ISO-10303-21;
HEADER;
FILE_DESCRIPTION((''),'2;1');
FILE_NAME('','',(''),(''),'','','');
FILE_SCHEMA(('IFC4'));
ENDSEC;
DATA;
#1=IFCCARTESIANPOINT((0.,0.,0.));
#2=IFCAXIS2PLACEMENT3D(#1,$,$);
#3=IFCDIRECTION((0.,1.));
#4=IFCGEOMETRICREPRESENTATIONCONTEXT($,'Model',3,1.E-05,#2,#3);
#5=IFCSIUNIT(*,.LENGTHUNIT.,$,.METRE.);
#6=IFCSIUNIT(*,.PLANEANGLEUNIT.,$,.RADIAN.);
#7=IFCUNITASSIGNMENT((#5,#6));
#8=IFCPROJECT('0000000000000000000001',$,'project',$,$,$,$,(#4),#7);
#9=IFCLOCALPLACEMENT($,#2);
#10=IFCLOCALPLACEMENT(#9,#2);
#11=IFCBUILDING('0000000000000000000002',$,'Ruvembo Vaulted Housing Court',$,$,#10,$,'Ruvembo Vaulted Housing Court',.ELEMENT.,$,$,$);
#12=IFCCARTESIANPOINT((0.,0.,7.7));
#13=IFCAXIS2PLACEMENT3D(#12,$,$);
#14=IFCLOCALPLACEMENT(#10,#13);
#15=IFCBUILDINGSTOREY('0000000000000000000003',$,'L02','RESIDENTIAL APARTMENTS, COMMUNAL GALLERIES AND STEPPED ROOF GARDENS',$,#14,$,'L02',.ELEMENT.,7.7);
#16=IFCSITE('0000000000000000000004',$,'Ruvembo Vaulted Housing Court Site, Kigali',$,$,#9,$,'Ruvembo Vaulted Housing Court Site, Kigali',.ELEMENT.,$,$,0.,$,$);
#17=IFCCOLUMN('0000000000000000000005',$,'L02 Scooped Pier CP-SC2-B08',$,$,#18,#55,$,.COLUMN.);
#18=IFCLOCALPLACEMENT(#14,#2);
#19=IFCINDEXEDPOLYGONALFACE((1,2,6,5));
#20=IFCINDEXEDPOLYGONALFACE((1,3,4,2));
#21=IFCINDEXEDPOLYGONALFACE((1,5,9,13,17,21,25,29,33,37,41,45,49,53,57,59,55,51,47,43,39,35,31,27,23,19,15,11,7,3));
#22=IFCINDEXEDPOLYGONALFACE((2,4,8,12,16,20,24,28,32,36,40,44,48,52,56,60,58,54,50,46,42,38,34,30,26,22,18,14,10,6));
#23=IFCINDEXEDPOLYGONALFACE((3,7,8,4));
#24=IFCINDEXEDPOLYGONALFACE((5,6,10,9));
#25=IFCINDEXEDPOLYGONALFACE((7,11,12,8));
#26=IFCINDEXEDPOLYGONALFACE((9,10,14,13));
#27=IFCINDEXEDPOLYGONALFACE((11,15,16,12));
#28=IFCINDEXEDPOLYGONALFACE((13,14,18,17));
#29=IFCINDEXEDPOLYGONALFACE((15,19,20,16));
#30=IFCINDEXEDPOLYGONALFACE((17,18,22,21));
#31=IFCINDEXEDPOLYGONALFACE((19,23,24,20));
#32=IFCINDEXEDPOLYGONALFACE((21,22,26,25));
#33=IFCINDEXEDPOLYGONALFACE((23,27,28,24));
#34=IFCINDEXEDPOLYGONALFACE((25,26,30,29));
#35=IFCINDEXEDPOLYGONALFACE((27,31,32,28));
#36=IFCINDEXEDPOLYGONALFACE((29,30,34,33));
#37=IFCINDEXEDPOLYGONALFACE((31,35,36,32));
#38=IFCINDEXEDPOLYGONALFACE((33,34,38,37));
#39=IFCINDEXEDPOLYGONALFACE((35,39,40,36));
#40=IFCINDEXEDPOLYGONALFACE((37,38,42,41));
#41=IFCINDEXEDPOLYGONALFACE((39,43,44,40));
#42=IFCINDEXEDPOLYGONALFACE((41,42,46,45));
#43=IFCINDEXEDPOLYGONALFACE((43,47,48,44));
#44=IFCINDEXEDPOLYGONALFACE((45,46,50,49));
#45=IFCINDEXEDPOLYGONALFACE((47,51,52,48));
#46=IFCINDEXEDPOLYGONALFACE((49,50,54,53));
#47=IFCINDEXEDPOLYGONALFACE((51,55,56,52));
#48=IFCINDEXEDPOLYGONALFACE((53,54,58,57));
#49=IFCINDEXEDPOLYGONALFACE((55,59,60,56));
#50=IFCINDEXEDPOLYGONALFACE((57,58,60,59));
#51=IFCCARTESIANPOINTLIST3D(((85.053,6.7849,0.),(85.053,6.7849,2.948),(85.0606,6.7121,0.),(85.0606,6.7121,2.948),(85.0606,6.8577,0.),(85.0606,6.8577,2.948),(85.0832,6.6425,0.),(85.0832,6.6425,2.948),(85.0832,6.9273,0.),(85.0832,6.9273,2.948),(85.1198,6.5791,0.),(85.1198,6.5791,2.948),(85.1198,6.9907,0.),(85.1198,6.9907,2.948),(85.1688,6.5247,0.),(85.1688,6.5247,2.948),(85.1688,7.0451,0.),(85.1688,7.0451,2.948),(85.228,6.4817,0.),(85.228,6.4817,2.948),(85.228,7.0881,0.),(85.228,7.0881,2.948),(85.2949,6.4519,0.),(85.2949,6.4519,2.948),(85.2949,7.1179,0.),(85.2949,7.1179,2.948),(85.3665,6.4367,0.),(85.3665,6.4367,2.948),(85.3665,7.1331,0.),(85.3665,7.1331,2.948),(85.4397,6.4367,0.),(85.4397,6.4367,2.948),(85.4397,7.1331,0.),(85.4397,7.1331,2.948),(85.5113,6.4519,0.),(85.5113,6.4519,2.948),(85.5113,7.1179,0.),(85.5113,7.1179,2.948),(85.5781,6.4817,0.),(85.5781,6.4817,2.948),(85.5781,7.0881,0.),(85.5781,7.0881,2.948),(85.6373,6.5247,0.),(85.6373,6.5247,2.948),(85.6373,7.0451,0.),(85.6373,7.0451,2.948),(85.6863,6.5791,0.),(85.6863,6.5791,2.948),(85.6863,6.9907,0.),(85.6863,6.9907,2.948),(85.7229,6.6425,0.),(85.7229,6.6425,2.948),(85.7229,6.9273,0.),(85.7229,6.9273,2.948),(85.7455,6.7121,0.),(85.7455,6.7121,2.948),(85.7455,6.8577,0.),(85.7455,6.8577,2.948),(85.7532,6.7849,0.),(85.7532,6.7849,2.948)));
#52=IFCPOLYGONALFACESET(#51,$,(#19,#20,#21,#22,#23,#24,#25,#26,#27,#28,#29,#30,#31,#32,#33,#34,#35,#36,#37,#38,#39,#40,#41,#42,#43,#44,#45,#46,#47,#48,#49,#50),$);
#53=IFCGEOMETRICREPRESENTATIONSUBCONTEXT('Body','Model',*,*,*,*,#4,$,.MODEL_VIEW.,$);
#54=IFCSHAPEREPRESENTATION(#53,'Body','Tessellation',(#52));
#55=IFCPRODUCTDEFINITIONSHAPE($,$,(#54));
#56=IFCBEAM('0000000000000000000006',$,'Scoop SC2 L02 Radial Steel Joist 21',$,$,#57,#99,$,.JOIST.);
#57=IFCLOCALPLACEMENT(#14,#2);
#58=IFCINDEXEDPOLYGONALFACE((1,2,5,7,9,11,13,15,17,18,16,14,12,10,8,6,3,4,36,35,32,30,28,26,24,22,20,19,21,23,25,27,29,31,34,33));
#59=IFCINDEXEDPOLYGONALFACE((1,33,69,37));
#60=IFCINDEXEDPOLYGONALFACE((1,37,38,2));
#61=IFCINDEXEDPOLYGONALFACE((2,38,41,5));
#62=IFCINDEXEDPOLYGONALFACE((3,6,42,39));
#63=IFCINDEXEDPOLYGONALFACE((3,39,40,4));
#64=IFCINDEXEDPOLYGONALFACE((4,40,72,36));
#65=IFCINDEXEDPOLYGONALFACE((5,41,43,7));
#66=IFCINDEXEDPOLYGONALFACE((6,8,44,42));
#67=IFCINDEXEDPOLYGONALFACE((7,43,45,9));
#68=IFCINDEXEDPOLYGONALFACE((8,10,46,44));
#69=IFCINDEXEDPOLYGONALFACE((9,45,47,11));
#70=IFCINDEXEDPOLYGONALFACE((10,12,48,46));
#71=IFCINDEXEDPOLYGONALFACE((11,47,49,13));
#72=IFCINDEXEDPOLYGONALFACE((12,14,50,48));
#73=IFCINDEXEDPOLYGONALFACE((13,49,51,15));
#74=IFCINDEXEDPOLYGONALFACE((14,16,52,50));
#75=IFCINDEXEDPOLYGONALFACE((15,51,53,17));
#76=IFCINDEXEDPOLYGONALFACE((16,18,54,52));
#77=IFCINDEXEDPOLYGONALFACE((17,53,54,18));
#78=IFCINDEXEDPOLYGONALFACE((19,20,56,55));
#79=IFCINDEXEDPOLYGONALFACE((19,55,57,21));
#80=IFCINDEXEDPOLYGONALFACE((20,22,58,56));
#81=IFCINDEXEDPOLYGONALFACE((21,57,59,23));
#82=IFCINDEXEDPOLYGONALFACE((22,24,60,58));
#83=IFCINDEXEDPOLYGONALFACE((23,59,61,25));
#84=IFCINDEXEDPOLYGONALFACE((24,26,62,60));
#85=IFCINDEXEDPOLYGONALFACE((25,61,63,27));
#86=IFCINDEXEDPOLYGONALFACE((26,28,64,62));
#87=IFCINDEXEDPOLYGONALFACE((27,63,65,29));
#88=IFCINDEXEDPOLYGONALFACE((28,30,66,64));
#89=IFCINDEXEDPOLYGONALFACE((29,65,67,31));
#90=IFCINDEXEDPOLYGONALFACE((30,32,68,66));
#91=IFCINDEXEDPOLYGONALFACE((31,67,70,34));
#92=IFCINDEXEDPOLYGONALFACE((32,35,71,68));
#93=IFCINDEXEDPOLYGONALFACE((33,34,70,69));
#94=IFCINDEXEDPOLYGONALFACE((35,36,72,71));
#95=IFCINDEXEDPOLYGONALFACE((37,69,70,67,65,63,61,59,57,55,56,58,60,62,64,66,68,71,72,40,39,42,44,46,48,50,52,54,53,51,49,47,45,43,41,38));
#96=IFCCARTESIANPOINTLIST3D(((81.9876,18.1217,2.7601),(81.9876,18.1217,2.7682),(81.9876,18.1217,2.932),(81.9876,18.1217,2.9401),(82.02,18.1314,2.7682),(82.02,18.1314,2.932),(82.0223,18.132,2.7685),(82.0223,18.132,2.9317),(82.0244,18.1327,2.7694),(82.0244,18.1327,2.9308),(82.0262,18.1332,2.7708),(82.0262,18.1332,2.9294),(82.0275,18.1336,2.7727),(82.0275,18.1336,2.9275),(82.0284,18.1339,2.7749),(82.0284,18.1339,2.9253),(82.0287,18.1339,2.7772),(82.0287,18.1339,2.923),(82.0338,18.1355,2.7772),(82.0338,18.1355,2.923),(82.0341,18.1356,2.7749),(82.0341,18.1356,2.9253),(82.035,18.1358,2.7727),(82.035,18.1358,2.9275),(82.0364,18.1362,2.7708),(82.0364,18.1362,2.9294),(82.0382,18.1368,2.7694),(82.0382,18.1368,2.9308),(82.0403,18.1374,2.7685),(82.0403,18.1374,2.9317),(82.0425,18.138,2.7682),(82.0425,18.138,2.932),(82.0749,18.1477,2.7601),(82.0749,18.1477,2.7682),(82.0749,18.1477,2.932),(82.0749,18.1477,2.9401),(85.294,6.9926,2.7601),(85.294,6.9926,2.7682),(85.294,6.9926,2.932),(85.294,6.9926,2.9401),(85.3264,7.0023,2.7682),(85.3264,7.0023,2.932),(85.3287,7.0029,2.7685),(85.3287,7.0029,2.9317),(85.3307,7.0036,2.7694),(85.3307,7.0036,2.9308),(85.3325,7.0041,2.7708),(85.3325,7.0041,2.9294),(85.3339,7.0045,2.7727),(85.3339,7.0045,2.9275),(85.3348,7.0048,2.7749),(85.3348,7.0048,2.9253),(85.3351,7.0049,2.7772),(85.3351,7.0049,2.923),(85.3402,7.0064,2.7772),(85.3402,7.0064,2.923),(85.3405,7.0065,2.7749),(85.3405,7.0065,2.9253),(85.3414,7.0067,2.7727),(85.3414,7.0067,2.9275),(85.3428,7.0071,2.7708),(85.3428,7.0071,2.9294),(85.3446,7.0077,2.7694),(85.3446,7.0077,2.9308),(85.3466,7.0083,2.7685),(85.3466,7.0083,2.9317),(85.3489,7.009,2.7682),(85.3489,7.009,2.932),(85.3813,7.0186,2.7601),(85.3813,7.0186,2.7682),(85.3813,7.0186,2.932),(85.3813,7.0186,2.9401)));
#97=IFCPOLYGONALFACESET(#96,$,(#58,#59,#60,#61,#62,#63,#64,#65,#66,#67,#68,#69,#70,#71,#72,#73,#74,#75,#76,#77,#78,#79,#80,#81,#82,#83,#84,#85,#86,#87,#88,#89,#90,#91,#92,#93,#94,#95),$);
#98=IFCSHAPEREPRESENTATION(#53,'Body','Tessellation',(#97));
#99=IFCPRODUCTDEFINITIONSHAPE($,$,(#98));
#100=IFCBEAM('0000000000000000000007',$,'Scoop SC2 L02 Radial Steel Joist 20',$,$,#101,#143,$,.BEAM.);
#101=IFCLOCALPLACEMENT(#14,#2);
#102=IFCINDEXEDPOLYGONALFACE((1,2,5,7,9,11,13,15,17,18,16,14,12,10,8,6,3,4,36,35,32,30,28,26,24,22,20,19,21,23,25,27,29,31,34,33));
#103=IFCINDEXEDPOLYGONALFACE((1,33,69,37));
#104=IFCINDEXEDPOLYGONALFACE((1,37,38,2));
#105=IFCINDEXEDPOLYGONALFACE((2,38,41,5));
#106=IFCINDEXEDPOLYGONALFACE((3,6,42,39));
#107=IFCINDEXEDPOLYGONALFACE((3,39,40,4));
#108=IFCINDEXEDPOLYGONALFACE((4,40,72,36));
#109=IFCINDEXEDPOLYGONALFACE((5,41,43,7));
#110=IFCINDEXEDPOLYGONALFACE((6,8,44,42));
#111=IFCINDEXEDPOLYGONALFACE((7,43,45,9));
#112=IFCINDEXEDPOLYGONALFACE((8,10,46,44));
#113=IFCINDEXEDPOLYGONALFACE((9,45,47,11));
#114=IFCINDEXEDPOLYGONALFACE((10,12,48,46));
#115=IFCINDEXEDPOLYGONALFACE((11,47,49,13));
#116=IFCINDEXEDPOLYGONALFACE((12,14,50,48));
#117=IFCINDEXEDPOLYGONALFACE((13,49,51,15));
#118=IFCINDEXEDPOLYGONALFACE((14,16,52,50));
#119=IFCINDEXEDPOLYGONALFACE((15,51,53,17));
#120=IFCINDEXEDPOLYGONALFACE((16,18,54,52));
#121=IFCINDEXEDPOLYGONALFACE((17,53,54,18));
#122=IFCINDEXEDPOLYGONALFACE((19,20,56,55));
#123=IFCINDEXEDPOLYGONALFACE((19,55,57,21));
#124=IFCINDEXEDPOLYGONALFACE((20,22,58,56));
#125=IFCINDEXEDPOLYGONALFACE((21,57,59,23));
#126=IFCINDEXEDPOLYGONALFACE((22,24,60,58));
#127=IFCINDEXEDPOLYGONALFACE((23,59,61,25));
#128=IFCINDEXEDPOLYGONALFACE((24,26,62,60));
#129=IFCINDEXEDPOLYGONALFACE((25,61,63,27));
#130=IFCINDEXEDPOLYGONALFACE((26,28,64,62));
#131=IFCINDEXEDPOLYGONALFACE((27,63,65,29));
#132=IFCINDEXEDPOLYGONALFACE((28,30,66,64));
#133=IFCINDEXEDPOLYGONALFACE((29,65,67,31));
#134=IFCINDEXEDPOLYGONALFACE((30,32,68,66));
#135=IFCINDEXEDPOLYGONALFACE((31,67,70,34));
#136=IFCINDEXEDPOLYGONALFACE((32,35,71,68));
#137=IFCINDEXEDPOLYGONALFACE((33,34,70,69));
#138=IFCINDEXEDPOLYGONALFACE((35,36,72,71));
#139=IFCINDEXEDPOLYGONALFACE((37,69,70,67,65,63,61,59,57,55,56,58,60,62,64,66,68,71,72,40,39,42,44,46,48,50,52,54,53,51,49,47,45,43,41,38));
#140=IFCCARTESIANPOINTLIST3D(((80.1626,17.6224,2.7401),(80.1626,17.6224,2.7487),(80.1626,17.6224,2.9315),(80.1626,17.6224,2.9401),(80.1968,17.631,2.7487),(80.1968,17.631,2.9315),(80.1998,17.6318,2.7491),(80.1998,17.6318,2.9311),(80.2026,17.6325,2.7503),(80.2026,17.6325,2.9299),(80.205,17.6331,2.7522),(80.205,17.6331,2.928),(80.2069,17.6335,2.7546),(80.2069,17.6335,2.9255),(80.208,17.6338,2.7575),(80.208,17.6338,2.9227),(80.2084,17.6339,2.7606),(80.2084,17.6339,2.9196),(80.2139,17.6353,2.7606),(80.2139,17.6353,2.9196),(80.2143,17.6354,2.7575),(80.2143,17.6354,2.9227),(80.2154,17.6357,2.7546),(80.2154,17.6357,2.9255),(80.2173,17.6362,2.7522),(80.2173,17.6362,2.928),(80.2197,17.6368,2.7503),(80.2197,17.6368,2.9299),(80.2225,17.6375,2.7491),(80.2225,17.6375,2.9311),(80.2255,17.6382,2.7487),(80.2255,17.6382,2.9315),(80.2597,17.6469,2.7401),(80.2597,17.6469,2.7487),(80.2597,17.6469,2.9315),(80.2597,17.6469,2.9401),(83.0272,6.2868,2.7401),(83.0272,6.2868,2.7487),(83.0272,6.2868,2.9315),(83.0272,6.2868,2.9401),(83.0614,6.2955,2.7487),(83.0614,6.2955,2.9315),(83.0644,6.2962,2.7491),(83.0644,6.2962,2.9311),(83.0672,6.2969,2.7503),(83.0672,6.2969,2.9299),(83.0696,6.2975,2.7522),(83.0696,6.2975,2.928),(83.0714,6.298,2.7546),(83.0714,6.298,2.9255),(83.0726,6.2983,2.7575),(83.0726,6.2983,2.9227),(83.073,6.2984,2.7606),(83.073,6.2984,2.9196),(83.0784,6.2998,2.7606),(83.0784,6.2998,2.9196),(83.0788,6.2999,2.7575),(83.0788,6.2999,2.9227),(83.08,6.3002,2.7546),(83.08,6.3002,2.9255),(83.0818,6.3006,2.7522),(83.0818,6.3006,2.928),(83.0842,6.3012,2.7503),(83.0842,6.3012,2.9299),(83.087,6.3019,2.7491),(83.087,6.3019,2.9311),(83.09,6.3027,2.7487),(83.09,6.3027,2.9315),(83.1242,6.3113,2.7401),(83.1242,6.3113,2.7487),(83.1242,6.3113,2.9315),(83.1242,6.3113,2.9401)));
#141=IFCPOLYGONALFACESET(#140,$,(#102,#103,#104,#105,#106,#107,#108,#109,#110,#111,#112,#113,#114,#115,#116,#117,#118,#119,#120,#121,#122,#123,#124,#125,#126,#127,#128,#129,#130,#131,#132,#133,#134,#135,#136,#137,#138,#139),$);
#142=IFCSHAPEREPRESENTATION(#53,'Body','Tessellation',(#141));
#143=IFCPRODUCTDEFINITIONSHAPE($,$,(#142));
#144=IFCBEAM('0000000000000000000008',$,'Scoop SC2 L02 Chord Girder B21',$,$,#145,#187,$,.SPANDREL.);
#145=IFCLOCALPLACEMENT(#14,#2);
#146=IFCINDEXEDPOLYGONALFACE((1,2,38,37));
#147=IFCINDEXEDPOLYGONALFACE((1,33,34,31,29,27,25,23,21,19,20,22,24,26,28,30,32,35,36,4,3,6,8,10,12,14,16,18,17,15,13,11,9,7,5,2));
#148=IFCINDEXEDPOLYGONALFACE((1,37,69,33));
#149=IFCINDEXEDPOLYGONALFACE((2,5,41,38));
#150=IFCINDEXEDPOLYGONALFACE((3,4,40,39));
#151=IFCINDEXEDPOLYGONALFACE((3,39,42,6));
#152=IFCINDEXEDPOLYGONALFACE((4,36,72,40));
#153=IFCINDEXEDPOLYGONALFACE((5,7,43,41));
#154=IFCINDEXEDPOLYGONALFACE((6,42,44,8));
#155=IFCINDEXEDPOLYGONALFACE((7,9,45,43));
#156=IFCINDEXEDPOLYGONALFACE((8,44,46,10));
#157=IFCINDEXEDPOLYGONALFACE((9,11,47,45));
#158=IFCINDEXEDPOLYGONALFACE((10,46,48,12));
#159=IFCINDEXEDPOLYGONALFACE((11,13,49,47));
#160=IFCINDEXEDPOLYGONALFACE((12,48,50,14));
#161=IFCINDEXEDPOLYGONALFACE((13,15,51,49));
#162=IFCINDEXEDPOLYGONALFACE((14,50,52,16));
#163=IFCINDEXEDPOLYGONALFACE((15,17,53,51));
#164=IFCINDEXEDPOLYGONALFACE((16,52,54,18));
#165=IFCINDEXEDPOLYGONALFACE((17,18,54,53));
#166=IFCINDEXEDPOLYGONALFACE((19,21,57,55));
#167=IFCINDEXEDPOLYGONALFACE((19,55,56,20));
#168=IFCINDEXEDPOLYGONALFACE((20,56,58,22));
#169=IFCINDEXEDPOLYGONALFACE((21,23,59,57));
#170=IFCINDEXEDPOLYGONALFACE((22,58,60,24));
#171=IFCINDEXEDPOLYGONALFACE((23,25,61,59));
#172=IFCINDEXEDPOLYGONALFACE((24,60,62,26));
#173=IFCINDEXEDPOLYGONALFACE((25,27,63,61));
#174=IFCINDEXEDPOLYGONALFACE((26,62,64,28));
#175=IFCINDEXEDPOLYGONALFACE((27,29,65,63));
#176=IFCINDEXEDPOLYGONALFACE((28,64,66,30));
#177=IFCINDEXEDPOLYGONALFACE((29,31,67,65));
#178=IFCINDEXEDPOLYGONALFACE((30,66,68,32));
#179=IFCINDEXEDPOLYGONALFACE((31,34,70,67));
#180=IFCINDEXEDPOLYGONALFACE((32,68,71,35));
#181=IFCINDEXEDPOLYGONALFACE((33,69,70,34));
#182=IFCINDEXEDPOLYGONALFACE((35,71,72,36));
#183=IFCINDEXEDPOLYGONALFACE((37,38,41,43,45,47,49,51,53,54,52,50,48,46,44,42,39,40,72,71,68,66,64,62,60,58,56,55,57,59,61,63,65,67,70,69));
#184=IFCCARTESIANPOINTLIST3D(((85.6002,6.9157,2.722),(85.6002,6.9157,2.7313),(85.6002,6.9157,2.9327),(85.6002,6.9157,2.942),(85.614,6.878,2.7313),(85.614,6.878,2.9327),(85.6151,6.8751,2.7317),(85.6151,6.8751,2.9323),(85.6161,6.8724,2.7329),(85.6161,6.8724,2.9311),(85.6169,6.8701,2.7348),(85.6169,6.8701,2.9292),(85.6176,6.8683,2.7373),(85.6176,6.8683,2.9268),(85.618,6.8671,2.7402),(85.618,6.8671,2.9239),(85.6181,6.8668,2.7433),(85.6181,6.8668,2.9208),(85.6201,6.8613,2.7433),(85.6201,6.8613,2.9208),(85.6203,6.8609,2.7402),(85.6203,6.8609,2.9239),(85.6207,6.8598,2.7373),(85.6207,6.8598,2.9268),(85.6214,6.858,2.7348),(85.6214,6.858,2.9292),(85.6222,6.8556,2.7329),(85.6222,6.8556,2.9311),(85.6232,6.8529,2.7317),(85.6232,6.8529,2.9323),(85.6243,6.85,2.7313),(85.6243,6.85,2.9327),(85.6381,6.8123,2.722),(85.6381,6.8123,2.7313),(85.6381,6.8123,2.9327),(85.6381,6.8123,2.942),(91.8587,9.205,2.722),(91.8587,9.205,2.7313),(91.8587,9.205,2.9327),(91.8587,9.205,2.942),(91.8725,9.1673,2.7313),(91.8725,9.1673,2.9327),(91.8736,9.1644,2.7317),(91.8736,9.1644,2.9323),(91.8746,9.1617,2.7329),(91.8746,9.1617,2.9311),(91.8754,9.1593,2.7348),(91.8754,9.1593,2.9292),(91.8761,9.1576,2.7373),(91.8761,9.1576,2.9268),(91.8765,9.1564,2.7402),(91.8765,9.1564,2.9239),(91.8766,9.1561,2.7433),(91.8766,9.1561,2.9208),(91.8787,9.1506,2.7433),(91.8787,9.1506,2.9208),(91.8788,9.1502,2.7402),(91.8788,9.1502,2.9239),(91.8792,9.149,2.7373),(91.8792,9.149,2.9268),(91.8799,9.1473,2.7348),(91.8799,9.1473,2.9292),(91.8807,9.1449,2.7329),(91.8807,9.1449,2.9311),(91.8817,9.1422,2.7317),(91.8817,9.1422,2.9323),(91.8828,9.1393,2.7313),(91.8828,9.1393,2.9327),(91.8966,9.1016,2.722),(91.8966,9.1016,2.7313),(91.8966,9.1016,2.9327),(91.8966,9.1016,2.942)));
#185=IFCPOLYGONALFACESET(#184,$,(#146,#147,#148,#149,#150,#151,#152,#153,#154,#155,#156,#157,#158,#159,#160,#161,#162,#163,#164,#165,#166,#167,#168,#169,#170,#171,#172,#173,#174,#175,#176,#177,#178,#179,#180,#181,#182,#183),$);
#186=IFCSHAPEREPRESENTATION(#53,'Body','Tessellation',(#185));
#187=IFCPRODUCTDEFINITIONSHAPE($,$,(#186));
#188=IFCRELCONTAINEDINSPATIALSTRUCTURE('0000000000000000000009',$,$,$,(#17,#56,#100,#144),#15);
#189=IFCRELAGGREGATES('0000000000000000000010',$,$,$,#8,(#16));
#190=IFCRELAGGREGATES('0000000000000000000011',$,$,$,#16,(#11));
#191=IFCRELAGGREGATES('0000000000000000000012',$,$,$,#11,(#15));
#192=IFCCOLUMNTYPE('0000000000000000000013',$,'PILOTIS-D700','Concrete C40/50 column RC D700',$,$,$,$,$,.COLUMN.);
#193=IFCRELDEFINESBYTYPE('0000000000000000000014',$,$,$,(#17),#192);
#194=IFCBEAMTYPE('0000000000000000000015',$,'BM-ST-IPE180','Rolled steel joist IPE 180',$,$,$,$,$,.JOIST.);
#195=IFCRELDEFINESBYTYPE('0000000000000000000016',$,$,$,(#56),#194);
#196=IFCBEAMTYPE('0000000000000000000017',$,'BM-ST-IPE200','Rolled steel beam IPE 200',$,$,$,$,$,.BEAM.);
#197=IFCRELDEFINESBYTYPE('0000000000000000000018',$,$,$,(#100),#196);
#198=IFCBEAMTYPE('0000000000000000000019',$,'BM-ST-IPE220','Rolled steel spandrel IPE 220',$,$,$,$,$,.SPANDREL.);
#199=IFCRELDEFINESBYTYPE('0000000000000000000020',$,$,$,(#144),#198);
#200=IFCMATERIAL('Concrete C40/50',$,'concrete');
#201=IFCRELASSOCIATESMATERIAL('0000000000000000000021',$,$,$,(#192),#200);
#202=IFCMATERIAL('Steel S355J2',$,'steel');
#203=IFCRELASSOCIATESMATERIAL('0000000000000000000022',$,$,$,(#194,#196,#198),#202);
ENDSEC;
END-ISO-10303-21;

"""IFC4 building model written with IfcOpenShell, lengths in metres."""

from ifc_helpers import new_model, si_unit, direction, frame, origin, origin_2d, place, context, subcontext, project, spatial, circle, i_section, extrude, material, material_profile, profile_set, type_object, element, save


model = new_model("IFC4")

# Units and contexts
model_context = context("Model", 3, precision=1e-05, world=origin(), true_north=direction((0.0, 1.0)))
body_context = subcontext(model_context, "Body", "Model", "MODEL_VIEW")
ifc_project = project(units=[si_unit("LENGTHUNIT", "METRE"), si_unit("PLANEANGLEUNIT", "RADIAN")], contexts=[model_context])

# Site, building, storey
site_placement = place(None, origin())
site = spatial("IfcSite", under=ifc_project, at=site_placement, Name="Ruvembo Vaulted Housing Court Site, Kigali", LongName="Ruvembo Vaulted Housing Court Site, Kigali", CompositionType="ELEMENT", RefElevation=0.0)
building_placement = place(site_placement, origin())
building = spatial("IfcBuilding", under=site, at=building_placement, Name="Ruvembo Vaulted Housing Court", LongName="Ruvembo Vaulted Housing Court", CompositionType="ELEMENT")
storey_placement = place(building_placement, frame((0.0, 0.0, 7.7)))
storey = spatial("IfcBuildingStorey", under=building, at=storey_placement, Name="L02", Description="RESIDENTIAL APARTMENTS, COMMUNAL GALLERIES AND STEPPED ROOF GARDENS", LongName="L02", CompositionType="ELEMENT", Elevation=7.7)

# Column
ifc_material_1 = material(Name="Concrete C40/50", Category="concrete")
ifc_material_profile_1 = material_profile(ifc_material_1, circle(Radius=0.3501, at=origin_2d()), Name="RC D700")
ifc_profile_set_1 = profile_set([ifc_material_profile_1], Name="Concrete C40/50")
column_type = type_object("IfcColumnType", Name="PILOTIS-D700", Description="Concrete C40/50 column RC D700", PredefinedType="COLUMN", material=ifc_profile_set_1)
column_placement = place(storey_placement, frame((85.4031, 6.7849, 0.0), z_axis=(0.0, 0.0, 1.0), x_axis=(1.0, 0.0, 0.0)))
element("IfcColumn", 1, at=column_placement, inside=storey, type_object=column_type, Name="L02 Scooped Pier CP-SC2-B08", PredefinedType="COLUMN", context=body_context, shape_type="SweptSolid", body=[
    extrude(circle(Radius=0.3501, at=origin_2d()), origin(), (0.0, 0.0, 1.0), 2.948),
])

# Beams
ifc_material_2 = material(Name="Steel S355J2", Category="steel")
ifc_material_profile_2 = material_profile(ifc_material_2, i_section(OverallWidth=0.0911, OverallDepth=0.1799, WebThickness=0.0054, FlangeThickness=0.0081, FilletRadius=0.009, at=origin_2d()), Name="IPE 180")
ifc_profile_set_2 = profile_set([ifc_material_profile_2], Name="Steel S355J2")
beam_type_1 = type_object("IfcBeamType", Name="BM-ST-IPE180", Description="Rolled steel joist IPE 180", PredefinedType="JOIST", material=ifc_profile_set_2)
beam_1_placement = place(storey_placement, frame((85.3376, 7.0056, 2.8501), z_axis=(-0.284791, 0.95859, 0.0), x_axis=(-0.95859, -0.284791, 0.0)))
element("IfcBeam", 2, at=beam_1_placement, inside=storey, type_object=beam_type_1, Name="Scoop SC2 L02 Radial Steel Joist 21", PredefinedType="JOIST", context=body_context, shape_type="SweptSolid", body=[
    extrude(i_section(OverallWidth=0.0911, OverallDepth=0.1799, WebThickness=0.0054, FlangeThickness=0.0081, FilletRadius=0.009, at=origin_2d()), origin(), (0.0, 0.0, 1.0), 11.6099),
])
ifc_material_profile_3 = material_profile(ifc_material_2, i_section(OverallWidth=0.1001, OverallDepth=0.2, WebThickness=0.0056, FlangeThickness=0.0085, FilletRadius=0.012, at=origin_2d()), Name="IPE 200")
ifc_profile_set_3 = profile_set([ifc_material_profile_3], Name="Steel S355J2")
beam_type_2 = type_object("IfcBeamType", Name="BM-ST-IPE200", Description="Rolled steel beam IPE 200", PredefinedType="BEAM", material=ifc_profile_set_3)
beam_2_placement = place(storey_placement, frame((83.0757, 6.2991, 2.8401), z_axis=(-0.245001, 0.969523, 0.0), x_axis=(-0.969523, -0.245001, 0.0)))
element("IfcBeam", 3, at=beam_2_placement, inside=storey, type_object=beam_type_2, Name="Scoop SC2 L02 Radial Steel Joist 20", PredefinedType="BEAM", context=body_context, shape_type="SweptSolid", body=[
    extrude(i_section(OverallWidth=0.1001, OverallDepth=0.2, WebThickness=0.0056, FlangeThickness=0.0085, FilletRadius=0.012, at=origin_2d()), origin(), (0.0, 0.0, 1.0), 11.6919),
])
ifc_material_profile_4 = material_profile(ifc_material_2, i_section(OverallWidth=0.1101, OverallDepth=0.22, WebThickness=0.0059, FlangeThickness=0.0093, FilletRadius=0.012, at=origin_2d()), Name="IPE 220")
ifc_profile_set_4 = profile_set([ifc_material_profile_4], Name="Steel S355J2")
beam_type_3 = type_object("IfcBeamType", Name="BM-ST-IPE220", Description="Rolled steel spandrel IPE 220", PredefinedType="SPANDREL", material=ifc_profile_set_4)
beam_3_placement = place(storey_placement, frame((85.6191, 6.864, 2.832), z_axis=(0.939142, 0.343528, 0.0), x_axis=(-0.343528, 0.939142, 0.0)))
element("IfcBeam", 4, at=beam_3_placement, inside=storey, type_object=beam_type_3, Name="Scoop SC2 L02 Chord Girder B21", PredefinedType="SPANDREL", context=body_context, shape_type="SweptSolid", body=[
    extrude(i_section(OverallWidth=0.1101, OverallDepth=0.22, WebThickness=0.0059, FlangeThickness=0.0093, FilletRadius=0.012, at=origin_2d()), origin(), (0.0, 0.0, 1.0), 6.6641),
])

save(model, "model.ifc")
